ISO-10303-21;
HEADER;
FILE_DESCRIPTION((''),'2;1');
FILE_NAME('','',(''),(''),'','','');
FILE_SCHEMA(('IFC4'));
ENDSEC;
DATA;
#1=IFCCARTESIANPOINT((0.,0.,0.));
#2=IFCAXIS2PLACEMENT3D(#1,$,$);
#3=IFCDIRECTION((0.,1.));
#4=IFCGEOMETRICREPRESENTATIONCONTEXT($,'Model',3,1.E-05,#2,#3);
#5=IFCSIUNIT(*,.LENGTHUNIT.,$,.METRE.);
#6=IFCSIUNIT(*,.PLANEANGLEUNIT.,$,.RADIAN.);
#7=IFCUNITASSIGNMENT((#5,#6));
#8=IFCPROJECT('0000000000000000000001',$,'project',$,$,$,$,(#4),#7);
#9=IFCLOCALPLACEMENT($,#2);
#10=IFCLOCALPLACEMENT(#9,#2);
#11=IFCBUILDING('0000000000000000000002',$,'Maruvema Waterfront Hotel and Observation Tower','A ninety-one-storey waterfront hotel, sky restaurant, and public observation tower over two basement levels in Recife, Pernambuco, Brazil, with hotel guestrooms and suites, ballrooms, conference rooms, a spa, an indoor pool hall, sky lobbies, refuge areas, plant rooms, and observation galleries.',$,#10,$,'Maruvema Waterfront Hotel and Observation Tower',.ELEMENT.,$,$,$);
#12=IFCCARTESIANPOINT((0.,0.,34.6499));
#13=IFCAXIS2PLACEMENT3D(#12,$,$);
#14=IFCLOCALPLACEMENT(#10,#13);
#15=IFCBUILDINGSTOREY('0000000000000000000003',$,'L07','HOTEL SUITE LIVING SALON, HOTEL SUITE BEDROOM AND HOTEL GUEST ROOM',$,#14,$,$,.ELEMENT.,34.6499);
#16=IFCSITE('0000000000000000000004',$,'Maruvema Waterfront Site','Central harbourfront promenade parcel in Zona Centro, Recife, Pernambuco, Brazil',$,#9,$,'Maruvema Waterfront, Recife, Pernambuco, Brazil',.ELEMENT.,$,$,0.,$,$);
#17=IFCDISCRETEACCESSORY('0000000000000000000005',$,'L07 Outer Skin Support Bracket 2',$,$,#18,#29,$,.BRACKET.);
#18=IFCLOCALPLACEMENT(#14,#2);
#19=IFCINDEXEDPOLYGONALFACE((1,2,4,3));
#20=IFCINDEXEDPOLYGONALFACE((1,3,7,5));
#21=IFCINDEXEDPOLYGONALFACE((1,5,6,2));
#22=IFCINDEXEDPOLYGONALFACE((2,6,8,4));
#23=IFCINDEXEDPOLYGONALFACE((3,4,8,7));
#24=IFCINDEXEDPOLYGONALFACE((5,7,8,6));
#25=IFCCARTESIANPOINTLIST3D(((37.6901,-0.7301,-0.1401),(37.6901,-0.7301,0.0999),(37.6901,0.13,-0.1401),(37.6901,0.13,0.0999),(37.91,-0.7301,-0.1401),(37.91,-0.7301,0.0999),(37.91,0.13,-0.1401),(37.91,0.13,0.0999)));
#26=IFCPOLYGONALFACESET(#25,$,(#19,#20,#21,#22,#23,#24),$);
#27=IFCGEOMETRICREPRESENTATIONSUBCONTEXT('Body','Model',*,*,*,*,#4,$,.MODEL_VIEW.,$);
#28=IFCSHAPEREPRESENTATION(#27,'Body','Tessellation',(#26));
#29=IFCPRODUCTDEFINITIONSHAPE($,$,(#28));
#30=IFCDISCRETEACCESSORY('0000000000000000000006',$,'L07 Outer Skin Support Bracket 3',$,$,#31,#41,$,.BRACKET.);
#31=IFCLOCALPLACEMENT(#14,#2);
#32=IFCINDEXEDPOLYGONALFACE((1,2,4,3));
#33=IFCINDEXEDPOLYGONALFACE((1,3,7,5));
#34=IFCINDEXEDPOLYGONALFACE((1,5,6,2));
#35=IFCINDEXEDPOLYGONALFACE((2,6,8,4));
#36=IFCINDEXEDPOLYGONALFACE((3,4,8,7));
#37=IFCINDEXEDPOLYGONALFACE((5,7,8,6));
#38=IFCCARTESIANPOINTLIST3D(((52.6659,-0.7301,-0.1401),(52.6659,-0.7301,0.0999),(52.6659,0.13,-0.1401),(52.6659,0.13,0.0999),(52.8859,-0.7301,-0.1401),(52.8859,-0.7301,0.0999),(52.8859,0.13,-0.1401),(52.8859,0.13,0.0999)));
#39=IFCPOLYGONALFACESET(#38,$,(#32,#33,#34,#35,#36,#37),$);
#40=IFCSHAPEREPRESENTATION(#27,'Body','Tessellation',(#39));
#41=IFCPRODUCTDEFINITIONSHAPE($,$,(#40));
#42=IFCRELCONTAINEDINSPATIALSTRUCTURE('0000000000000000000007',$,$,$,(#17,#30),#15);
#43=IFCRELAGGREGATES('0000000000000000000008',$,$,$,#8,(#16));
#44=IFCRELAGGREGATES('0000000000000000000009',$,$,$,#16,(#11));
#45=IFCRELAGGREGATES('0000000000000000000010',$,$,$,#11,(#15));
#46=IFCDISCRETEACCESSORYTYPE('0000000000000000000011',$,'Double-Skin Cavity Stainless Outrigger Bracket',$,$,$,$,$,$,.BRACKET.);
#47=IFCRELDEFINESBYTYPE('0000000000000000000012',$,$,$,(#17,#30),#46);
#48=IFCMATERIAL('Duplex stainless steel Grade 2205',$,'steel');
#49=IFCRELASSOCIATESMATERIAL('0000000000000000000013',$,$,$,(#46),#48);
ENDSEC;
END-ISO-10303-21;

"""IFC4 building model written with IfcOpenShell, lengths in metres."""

from ifc_helpers import new_model, si_unit, direction, frame, origin, origin_2d, place, context, subcontext, project, spatial, rectangle, extrude, material, type_object, element, save


model = new_model("IFC4")

# Units and contexts
model_context = context("Model", 3, precision=1e-05, world=origin(), true_north=direction((0.0, 1.0)))
body_context = subcontext(model_context, "Body", "Model", "MODEL_VIEW")
ifc_project = project(units=[si_unit("LENGTHUNIT", "METRE"), si_unit("PLANEANGLEUNIT", "RADIAN")], contexts=[model_context])

# Site, building, storey
site_placement = place(None, origin())
site = spatial("IfcSite", under=ifc_project, at=site_placement, Name="Maruvema Waterfront Site", Description="Central harbourfront promenade parcel in Zona Centro, Recife, Pernambuco, Brazil", LongName="Maruvema Waterfront, Recife, Pernambuco, Brazil", CompositionType="ELEMENT", RefElevation=0.0)
building_placement = place(site_placement, origin())
building = spatial("IfcBuilding", under=site, at=building_placement, Name="Maruvema Waterfront Hotel and Observation Tower", Description="A ninety-one-storey waterfront hotel, sky restaurant, and public observation tower over two basement levels in Recife, Pernambuco, Brazil, with hotel guestrooms and suites, ballrooms, conference rooms, a spa, an indoor pool hall, sky lobbies, refuge areas, plant rooms, and observation galleries.", LongName="Maruvema Waterfront Hotel and Observation Tower", CompositionType="ELEMENT")
storey_placement = place(building_placement, frame((0.0, 0.0, 34.6499)))
storey = spatial("IfcBuildingStorey", under=building, at=storey_placement, Name="L07", Description="HOTEL SUITE LIVING SALON, HOTEL SUITE BEDROOM AND HOTEL GUEST ROOM", CompositionType="ELEMENT", Elevation=34.6499)

# Discrete accessories
ifc_material_1 = material(Name="Duplex stainless steel Grade 2205", Category="steel")
discrete_accessory_type = type_object("IfcDiscreteAccessoryType", Name="Double-Skin Cavity Stainless Outrigger Bracket", PredefinedType="BRACKET", material=ifc_material_1)
for number, where, z_axis, x_axis, name in (
    (1, (37.8, -0.3, -0.1401), (0.0, 0.0, 1.0), (1.0, 0.0, 0.0), "L07 Outer Skin Support Bracket 2"),
    (2, (52.7759, -0.3, -0.1401), (0.0, 0.0, 1.0), (1.0, 0.0, 0.0), "L07 Outer Skin Support Bracket 3"),
):
    element("IfcDiscreteAccessory", number, at=place(storey_placement, frame(where, z_axis=z_axis, x_axis=x_axis)), inside=storey, type_object=discrete_accessory_type, Name=name, PredefinedType="BRACKET", context=body_context, shape_type="SweptSolid", body=[
        extrude(rectangle(XDim=0.22, YDim=0.8601, at=origin_2d()), origin(), (0.0, 0.0, 1.0), 0.24),
    ])

save(model, "model.ifc")
